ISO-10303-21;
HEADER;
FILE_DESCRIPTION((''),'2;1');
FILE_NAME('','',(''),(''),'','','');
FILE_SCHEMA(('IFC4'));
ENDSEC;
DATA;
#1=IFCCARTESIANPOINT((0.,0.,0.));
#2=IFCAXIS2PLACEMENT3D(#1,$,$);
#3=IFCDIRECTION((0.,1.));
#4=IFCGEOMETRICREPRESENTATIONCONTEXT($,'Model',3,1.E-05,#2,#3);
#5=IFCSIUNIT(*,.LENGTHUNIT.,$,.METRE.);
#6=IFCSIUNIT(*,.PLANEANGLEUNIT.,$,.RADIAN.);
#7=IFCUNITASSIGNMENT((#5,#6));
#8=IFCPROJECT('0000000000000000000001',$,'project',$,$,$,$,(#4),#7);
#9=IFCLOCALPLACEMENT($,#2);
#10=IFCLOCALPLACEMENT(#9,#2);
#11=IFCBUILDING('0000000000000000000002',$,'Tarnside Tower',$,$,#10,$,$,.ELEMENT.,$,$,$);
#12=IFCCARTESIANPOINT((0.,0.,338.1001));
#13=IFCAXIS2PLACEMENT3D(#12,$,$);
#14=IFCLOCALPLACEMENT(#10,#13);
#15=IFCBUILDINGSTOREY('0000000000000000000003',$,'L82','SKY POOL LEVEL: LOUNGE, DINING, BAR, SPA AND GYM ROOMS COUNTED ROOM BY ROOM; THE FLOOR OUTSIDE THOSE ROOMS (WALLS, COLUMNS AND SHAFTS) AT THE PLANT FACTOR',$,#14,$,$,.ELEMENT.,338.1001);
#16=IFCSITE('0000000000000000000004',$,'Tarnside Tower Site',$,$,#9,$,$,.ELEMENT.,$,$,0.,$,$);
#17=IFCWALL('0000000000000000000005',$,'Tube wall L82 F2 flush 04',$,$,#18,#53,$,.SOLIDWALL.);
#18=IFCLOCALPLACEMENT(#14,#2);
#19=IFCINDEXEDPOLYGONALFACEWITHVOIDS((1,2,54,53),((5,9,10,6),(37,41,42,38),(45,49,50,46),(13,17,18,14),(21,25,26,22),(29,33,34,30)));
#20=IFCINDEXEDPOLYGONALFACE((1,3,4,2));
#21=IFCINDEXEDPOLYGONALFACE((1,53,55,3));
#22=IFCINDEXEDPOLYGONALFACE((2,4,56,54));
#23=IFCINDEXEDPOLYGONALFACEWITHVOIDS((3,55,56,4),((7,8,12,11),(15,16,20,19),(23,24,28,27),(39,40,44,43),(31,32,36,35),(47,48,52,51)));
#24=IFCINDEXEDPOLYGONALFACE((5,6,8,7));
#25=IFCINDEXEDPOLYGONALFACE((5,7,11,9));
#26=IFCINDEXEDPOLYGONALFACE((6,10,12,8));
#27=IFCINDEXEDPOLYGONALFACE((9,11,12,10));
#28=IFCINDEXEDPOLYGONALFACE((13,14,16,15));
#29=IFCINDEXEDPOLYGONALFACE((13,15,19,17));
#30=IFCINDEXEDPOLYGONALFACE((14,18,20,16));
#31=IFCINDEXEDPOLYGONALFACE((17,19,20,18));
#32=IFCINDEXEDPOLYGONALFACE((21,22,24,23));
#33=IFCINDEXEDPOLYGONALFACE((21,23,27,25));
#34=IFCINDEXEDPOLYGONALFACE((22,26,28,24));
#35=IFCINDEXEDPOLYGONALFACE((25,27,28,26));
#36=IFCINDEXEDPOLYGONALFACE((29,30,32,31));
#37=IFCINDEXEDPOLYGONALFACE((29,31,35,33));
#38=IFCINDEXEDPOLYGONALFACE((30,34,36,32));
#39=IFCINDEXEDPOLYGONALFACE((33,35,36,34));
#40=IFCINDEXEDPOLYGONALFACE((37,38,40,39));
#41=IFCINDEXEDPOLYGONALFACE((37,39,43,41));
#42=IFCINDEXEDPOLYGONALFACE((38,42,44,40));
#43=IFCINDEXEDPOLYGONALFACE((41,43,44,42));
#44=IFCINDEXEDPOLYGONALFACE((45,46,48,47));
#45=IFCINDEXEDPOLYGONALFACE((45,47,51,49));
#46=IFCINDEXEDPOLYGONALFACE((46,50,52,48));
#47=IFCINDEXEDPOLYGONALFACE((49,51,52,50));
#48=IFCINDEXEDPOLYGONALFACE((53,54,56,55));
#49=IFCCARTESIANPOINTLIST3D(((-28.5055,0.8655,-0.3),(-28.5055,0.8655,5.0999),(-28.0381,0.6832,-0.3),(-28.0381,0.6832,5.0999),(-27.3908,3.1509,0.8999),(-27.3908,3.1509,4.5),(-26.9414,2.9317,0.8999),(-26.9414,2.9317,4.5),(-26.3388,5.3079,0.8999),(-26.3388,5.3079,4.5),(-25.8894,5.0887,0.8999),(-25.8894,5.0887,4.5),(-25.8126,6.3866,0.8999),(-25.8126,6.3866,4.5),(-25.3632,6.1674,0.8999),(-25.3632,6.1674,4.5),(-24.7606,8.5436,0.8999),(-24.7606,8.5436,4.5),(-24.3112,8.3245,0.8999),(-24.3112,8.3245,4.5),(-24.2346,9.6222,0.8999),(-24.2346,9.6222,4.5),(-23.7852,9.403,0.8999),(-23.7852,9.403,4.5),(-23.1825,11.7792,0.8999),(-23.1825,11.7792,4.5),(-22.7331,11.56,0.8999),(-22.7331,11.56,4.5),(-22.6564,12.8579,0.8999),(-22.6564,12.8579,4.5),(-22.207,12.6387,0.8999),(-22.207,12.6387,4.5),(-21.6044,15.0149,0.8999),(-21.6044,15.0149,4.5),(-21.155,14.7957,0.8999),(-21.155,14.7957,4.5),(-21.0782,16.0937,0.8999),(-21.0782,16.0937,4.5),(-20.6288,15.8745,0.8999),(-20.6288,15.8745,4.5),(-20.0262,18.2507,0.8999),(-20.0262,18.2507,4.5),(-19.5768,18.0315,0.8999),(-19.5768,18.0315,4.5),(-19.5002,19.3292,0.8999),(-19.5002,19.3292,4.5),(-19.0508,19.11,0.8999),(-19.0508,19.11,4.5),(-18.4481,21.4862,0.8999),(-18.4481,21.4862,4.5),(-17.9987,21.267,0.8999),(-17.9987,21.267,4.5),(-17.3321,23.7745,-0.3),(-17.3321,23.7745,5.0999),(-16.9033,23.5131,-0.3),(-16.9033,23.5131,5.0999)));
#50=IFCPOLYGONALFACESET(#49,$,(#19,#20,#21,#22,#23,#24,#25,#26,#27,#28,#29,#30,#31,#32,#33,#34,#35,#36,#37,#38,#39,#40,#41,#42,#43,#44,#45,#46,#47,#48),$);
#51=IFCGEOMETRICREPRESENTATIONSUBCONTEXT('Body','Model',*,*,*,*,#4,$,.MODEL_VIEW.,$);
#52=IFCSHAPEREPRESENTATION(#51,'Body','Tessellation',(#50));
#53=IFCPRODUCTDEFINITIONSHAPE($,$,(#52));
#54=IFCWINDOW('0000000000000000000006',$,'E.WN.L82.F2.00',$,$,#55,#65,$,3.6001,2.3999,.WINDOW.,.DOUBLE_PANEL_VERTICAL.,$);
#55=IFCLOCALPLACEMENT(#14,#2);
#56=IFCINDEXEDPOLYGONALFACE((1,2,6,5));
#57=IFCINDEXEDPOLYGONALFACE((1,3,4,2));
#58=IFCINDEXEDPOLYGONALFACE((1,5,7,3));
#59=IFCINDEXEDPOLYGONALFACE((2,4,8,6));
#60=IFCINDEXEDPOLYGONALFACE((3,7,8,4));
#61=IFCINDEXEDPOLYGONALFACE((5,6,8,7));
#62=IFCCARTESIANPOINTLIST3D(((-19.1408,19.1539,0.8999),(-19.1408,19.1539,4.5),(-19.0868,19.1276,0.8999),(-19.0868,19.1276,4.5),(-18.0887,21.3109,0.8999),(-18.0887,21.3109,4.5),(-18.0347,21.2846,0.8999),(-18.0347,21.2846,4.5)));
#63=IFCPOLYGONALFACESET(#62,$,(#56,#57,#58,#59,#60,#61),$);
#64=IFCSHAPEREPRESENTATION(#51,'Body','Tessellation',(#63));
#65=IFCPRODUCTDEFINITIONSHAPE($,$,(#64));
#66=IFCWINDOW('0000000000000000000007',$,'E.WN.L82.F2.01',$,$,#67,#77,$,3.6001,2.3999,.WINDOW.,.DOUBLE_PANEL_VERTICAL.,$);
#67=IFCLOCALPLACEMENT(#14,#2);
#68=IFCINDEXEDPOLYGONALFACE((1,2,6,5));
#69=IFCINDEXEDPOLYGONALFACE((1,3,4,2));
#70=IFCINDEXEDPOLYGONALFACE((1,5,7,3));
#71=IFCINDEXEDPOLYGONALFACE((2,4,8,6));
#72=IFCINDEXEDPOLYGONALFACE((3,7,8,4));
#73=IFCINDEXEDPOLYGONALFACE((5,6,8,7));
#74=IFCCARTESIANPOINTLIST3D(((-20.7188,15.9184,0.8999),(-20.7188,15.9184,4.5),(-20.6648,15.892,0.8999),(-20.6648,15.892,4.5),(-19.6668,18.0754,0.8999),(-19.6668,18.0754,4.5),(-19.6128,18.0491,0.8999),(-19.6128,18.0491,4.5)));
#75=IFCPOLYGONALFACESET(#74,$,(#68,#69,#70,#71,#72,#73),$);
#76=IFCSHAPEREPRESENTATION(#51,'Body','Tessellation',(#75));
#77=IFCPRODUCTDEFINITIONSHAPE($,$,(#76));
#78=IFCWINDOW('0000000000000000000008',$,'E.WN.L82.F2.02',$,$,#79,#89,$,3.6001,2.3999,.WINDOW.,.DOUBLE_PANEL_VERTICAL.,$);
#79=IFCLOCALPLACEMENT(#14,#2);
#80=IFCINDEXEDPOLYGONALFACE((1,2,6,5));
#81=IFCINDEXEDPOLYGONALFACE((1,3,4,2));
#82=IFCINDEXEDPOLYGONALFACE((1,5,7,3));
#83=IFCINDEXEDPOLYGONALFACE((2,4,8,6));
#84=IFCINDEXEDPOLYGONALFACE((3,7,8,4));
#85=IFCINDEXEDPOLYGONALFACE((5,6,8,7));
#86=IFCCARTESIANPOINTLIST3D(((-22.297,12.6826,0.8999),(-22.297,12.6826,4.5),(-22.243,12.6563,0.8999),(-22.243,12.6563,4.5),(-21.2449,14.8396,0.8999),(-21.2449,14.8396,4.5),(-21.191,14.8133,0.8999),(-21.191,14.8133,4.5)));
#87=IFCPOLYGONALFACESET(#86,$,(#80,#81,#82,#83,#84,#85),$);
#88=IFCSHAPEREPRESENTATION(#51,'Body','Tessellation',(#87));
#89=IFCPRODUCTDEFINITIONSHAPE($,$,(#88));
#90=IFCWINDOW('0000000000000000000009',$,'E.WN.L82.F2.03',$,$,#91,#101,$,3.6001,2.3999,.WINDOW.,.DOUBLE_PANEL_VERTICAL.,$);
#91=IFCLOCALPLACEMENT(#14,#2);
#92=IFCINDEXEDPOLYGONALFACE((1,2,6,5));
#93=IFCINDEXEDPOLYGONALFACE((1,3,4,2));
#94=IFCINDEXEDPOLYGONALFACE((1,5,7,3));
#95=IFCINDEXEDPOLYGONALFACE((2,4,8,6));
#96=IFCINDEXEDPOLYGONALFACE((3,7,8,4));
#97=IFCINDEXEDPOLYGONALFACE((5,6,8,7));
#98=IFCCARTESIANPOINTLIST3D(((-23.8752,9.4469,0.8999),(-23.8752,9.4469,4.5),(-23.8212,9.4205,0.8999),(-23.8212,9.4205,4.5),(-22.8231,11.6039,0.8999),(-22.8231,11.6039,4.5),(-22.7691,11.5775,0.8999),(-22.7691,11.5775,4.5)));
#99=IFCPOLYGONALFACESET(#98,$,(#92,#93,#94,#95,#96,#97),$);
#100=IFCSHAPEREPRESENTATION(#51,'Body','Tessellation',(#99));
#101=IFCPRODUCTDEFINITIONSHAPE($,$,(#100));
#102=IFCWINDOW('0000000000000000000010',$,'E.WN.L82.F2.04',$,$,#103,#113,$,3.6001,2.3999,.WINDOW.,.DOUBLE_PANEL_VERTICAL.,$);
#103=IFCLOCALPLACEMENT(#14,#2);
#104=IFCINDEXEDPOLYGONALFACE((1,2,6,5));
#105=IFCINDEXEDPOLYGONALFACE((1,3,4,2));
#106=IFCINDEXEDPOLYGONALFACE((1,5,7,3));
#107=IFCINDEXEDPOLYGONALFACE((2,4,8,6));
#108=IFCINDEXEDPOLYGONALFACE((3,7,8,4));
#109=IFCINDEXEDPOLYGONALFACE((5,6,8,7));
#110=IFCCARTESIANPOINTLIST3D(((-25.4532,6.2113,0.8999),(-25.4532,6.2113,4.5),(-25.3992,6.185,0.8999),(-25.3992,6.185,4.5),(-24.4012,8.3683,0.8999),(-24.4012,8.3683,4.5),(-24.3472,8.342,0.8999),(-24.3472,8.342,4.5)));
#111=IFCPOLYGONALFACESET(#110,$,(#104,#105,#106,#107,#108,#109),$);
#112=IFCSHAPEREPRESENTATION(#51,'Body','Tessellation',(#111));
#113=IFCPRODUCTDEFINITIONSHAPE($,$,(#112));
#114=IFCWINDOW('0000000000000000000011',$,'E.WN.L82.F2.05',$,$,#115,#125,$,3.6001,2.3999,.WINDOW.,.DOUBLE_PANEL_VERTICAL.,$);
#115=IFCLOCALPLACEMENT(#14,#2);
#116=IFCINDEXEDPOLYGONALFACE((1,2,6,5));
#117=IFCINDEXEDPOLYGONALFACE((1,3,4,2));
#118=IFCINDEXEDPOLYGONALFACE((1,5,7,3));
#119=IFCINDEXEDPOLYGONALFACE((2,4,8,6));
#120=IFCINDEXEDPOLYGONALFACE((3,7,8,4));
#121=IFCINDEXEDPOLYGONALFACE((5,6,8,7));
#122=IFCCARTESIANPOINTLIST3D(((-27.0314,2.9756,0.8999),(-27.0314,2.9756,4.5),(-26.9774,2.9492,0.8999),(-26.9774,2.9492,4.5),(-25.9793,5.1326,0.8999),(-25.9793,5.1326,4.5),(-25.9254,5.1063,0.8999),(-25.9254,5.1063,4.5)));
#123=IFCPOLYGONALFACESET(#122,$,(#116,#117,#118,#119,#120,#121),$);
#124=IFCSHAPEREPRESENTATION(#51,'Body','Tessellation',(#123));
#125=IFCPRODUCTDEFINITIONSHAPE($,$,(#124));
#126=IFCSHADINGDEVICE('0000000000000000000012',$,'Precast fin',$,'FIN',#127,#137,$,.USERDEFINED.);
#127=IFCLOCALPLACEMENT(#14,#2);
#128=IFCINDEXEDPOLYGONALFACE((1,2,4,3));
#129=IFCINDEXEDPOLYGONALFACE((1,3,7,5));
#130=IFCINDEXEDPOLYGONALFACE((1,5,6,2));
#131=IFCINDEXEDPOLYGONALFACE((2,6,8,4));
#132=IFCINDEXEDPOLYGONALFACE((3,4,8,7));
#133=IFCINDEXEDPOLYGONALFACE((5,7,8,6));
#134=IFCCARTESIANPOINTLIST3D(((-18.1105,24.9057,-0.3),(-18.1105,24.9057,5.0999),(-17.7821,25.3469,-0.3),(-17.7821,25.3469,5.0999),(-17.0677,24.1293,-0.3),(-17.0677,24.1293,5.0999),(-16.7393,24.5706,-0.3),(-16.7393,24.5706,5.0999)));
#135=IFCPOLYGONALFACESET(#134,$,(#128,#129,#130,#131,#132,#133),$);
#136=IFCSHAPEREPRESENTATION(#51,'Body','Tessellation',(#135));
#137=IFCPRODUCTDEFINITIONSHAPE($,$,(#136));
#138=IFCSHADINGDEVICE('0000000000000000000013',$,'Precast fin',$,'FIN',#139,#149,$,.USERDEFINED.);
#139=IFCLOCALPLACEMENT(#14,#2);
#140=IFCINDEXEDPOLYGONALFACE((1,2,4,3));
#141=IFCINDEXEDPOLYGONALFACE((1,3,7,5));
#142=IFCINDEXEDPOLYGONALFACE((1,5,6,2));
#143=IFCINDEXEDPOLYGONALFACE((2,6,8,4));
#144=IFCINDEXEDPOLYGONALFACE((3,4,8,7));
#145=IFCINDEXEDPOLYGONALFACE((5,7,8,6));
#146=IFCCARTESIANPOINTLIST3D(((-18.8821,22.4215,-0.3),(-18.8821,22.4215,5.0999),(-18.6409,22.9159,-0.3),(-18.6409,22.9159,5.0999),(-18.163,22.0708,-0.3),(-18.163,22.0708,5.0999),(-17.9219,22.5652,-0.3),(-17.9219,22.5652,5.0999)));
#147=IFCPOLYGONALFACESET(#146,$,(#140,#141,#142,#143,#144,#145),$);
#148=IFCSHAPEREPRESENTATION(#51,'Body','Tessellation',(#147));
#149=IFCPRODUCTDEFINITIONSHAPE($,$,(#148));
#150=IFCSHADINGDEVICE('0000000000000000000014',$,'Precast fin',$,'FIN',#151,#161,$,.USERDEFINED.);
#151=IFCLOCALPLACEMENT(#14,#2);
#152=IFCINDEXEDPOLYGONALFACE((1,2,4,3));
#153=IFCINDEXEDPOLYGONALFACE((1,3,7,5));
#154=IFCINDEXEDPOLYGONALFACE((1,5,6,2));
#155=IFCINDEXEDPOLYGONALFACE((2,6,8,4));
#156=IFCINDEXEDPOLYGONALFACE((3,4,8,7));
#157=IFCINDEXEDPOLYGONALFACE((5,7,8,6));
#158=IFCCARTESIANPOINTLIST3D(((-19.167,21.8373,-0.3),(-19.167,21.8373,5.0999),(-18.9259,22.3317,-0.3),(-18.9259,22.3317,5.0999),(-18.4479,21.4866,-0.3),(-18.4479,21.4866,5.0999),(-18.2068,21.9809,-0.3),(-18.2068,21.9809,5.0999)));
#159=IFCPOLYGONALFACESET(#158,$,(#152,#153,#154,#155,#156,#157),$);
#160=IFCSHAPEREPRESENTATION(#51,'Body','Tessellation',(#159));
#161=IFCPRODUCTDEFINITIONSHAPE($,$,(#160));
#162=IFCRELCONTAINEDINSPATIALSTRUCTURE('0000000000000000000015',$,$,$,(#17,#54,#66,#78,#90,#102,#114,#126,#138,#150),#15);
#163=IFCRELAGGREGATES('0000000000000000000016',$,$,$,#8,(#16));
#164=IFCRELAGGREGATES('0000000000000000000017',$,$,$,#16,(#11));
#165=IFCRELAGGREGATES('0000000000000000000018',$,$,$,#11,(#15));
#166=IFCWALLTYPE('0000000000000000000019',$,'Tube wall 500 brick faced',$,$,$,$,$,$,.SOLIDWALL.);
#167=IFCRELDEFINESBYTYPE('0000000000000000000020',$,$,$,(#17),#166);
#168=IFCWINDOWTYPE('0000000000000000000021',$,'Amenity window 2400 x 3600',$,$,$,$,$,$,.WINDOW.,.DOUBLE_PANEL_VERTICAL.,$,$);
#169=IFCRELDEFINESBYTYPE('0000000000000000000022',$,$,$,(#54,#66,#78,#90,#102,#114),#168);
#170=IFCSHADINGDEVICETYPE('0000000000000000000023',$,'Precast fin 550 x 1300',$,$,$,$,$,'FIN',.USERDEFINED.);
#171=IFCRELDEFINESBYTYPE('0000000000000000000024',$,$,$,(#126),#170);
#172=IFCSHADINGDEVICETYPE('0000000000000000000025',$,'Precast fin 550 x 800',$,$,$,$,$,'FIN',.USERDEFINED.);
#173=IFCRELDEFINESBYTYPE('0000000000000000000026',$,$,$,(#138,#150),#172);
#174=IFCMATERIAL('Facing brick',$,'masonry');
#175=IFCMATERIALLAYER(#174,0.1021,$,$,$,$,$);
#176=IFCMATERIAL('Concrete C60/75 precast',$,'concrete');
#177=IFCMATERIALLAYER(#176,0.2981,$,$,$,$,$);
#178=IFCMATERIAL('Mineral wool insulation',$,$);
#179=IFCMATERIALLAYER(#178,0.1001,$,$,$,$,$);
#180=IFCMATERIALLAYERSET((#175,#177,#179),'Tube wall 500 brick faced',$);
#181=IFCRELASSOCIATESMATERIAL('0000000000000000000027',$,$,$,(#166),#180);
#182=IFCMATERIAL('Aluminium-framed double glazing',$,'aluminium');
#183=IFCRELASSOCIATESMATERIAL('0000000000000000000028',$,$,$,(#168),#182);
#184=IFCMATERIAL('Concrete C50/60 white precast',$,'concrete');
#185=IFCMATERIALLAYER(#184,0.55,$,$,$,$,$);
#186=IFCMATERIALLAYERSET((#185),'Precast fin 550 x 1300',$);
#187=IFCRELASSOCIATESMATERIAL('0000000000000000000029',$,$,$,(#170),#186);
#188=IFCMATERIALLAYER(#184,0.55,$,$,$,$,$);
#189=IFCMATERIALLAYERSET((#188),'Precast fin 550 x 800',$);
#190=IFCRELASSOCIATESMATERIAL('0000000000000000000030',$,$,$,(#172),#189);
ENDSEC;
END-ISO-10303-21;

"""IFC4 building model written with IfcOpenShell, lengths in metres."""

from ifc_helpers import new_model, si_unit, direction, frame, frame_2d, origin, place, context, subcontext, project, spatial, polyline, rectangle, outline, extrude, material, layer, layer_set, type_object, element, fill, save


model = new_model("IFC4")

# Units and contexts
model_context = context("Model", 3, precision=1e-05, world=origin(), true_north=direction((0.0, 1.0)))
body_context = subcontext(model_context, "Body", "Model", "MODEL_VIEW")
ifc_project = project(units=[si_unit("LENGTHUNIT", "METRE"), si_unit("PLANEANGLEUNIT", "RADIAN")], contexts=[model_context])

# Site, building, storey
site_placement = place(None, origin())
site = spatial("IfcSite", under=ifc_project, at=site_placement, Name="Tarnside Tower Site", CompositionType="ELEMENT", RefElevation=0.0)
building_placement = place(site_placement, origin())
building = spatial("IfcBuilding", under=site, at=building_placement, Name="Tarnside Tower", CompositionType="ELEMENT")
storey_placement = place(building_placement, frame((0.0, 0.0, 338.1001)))
storey = spatial("IfcBuildingStorey", under=building, at=storey_placement, Name="L82", Description="SKY POOL LEVEL: LOUNGE, DINING, BAR, SPA AND GYM ROOMS COUNTED ROOM BY ROOM; THE FLOOR OUTSIDE THOSE ROOMS (WALLS, COLUMNS AND SHAFTS) AT THE PLANT FACTOR", CompositionType="ELEMENT", Elevation=338.1001)

# Shared definitions
ifc_material_1 = material(Name="Facing brick", Category="masonry")
ifc_layer_1 = layer(ifc_material_1, 0.1021)
ifc_material_2 = material(Name="Concrete C60/75 precast", Category="concrete")
ifc_layer_2 = layer(ifc_material_2, 0.2981)
ifc_material_3 = material(Name="Mineral wool insulation")
ifc_layer_3 = layer(ifc_material_3, 0.1001)
ifc_layer_set_1 = layer_set([ifc_layer_1, ifc_layer_2, ifc_layer_3], Name="Tube wall 500 brick faced")
wall_type_1 = type_object("IfcWallType", Name="Tube wall 500 brick faced", PredefinedType="SOLIDWALL", material=ifc_layer_set_1)

# Wall, openings, windows
wall_1_placement = place(storey_placement, frame((-17.1177, 23.6438, -0.3), z_axis=(0.0, 0.0, 1.0), x_axis=(-0.438368, -0.898795, 0.0)))
wall_1 = element("IfcWall", 1, at=wall_1_placement, inside=storey, type_object=wall_type_1, Name="Tube wall L82 F2 flush 04", PredefinedType="SOLIDWALL", context=body_context, shape_type="SweptSolid", body=[
    extrude(outline(polyline([(-0.0234, -0.25), (25.4651, -0.25), (25.4241, 0.25), (0.0234, 0.25), (-0.0234, -0.25)])), origin(), (0.0, 0.0, 1.0), 5.3999),
])
opening_1_placement = place(wall_1_placement, frame((2.5225, 0.0, 1.2)))
opening_1 = element("IfcOpeningElement", 2, at=opening_1_placement, cuts=wall_1, PredefinedType="OPENING", context=body_context, shape_type="SweptSolid", body=[
    extrude(rectangle(XDim=2.3999, YDim=3.6001, at=frame_2d((1.2, 1.8))), frame((0.0, 0.26, 0.0), z_axis=(0.0, -1.0, 0.0), x_axis=(1.0, 0.0, 0.0)), (0.0, 0.0, 1.0), 0.52),
])
opening_2_placement = place(wall_1_placement, frame((6.1223, 0.0, 1.2)))
opening_2 = element("IfcOpeningElement", 3, at=opening_2_placement, cuts=wall_1, PredefinedType="OPENING", context=body_context, shape_type="SweptSolid", body=[
    extrude(rectangle(XDim=2.3999, YDim=3.6001, at=frame_2d((1.2, 1.8))), frame((0.0, 0.26, 0.0), z_axis=(0.0, -1.0, 0.0), x_axis=(1.0, 0.0, 0.0)), (0.0, 0.0, 1.0), 0.52),
])
opening_3_placement = place(wall_1_placement, frame((9.7224, 0.0, 1.2)))
opening_3 = element("IfcOpeningElement", 4, at=opening_3_placement, cuts=wall_1, PredefinedType="OPENING", context=body_context, shape_type="SweptSolid", body=[
    extrude(rectangle(XDim=2.3999, YDim=3.6001, at=frame_2d((1.2, 1.8))), frame((0.0, 0.26, 0.0), z_axis=(0.0, -1.0, 0.0), x_axis=(1.0, 0.0, 0.0)), (0.0, 0.0, 1.0), 0.52),
])
opening_4_placement = place(wall_1_placement, frame((13.3225, 0.0, 1.2)))
opening_4 = element("IfcOpeningElement", 5, at=opening_4_placement, cuts=wall_1, PredefinedType="OPENING", context=body_context, shape_type="SweptSolid", body=[
    extrude(rectangle(XDim=2.3999, YDim=3.6001, at=frame_2d((1.2, 1.8))), frame((0.0, 0.26, 0.0), z_axis=(0.0, -1.0, 0.0), x_axis=(1.0, 0.0, 0.0)), (0.0, 0.0, 1.0), 0.52),
])
opening_5_placement = place(wall_1_placement, frame((16.9224, 0.0, 1.2)))
opening_5 = element("IfcOpeningElement", 6, at=opening_5_placement, cuts=wall_1, PredefinedType="OPENING", context=body_context, shape_type="SweptSolid", body=[
    extrude(rectangle(XDim=2.3999, YDim=3.6001, at=frame_2d((1.2, 1.8))), frame((0.0, 0.26, 0.0), z_axis=(0.0, -1.0, 0.0), x_axis=(1.0, 0.0, 0.0)), (0.0, 0.0, 1.0), 0.52),
])
opening_6_placement = place(wall_1_placement, frame((20.5225, 0.0, 1.2)))
opening_6 = element("IfcOpeningElement", 7, at=opening_6_placement, cuts=wall_1, PredefinedType="OPENING", context=body_context, shape_type="SweptSolid", body=[
    extrude(rectangle(XDim=2.3999, YDim=3.6001, at=frame_2d((1.2, 1.8))), frame((0.0, 0.26, 0.0), z_axis=(0.0, -1.0, 0.0), x_axis=(1.0, 0.0, 0.0)), (0.0, 0.0, 1.0), 0.52),
])
ifc_material_4 = material(Name="Aluminium-framed double glazing", Category="aluminium")
window_type = type_object("IfcWindowType", Name="Amenity window 2400 x 3600", PartitioningType="DOUBLE_PANEL_VERTICAL", PredefinedType="WINDOW", material=ifc_material_4)
window_1_placement = place(opening_1_placement, frame((0.0, 0.1799, 0.0)))
window_1 = element("IfcWindow", 8, at=window_1_placement, inside=storey, type_object=window_type, Name="E.WN.L82.F2.00", OverallHeight=3.6001, OverallWidth=2.3999, PartitioningType="DOUBLE_PANEL_VERTICAL", PredefinedType="WINDOW", context=body_context, shape_type="SweptSolid", body=[
    extrude(rectangle(XDim=2.3999, YDim=3.6001, at=frame_2d((1.2, 1.8))), frame((0.0, 0.03, 0.0), z_axis=(0.0, -1.0, 0.0), x_axis=(1.0, 0.0, 0.0)), (0.0, 0.0, 1.0), 0.0601),
])
fill(opening_1, window_1)
window_2_placement = place(opening_2_placement, frame((0.0, 0.1799, 0.0)))
window_2 = element("IfcWindow", 9, at=window_2_placement, inside=storey, type_object=window_type, Name="E.WN.L82.F2.01", OverallHeight=3.6001, OverallWidth=2.3999, PartitioningType="DOUBLE_PANEL_VERTICAL", PredefinedType="WINDOW", context=body_context, shape_type="SweptSolid", body=[
    extrude(rectangle(XDim=2.3999, YDim=3.6001, at=frame_2d((1.2, 1.8))), frame((0.0, 0.03, 0.0), z_axis=(0.0, -1.0, 0.0), x_axis=(1.0, 0.0, 0.0)), (0.0, 0.0, 1.0), 0.0601),
])
fill(opening_2, window_2)
window_3_placement = place(opening_3_placement, frame((0.0, 0.1799, 0.0)))
window_3 = element("IfcWindow", 10, at=window_3_placement, inside=storey, type_object=window_type, Name="E.WN.L82.F2.02", OverallHeight=3.6001, OverallWidth=2.3999, PartitioningType="DOUBLE_PANEL_VERTICAL", PredefinedType="WINDOW", context=body_context, shape_type="SweptSolid", body=[
    extrude(rectangle(XDim=2.3999, YDim=3.6001, at=frame_2d((1.2, 1.8))), frame((0.0, 0.03, 0.0), z_axis=(0.0, -1.0, 0.0), x_axis=(1.0, 0.0, 0.0)), (0.0, 0.0, 1.0), 0.0601),
])
fill(opening_3, window_3)
window_4_placement = place(opening_4_placement, frame((0.0, 0.1799, 0.0)))
window_4 = element("IfcWindow", 11, at=window_4_placement, inside=storey, type_object=window_type, Name="E.WN.L82.F2.03", OverallHeight=3.6001, OverallWidth=2.3999, PartitioningType="DOUBLE_PANEL_VERTICAL", PredefinedType="WINDOW", context=body_context, shape_type="SweptSolid", body=[
    extrude(rectangle(XDim=2.3999, YDim=3.6001, at=frame_2d((1.2, 1.8))), frame((0.0, 0.03, 0.0), z_axis=(0.0, -1.0, 0.0), x_axis=(1.0, 0.0, 0.0)), (0.0, 0.0, 1.0), 0.0601),
])
fill(opening_4, window_4)
window_5_placement = place(opening_5_placement, frame((0.0, 0.1799, 0.0)))
window_5 = element("IfcWindow", 12, at=window_5_placement, inside=storey, type_object=window_type, Name="E.WN.L82.F2.04", OverallHeight=3.6001, OverallWidth=2.3999, PartitioningType="DOUBLE_PANEL_VERTICAL", PredefinedType="WINDOW", context=body_context, shape_type="SweptSolid", body=[
    extrude(rectangle(XDim=2.3999, YDim=3.6001, at=frame_2d((1.2, 1.8))), frame((0.0, 0.03, 0.0), z_axis=(0.0, -1.0, 0.0), x_axis=(1.0, 0.0, 0.0)), (0.0, 0.0, 1.0), 0.0601),
])
fill(opening_5, window_5)
window_6_placement = place(opening_6_placement, frame((0.0, 0.1799, 0.0)))
window_6 = element("IfcWindow", 13, at=window_6_placement, inside=storey, type_object=window_type, Name="E.WN.L82.F2.05", OverallHeight=3.6001, OverallWidth=2.3999, PartitioningType="DOUBLE_PANEL_VERTICAL", PredefinedType="WINDOW", context=body_context, shape_type="SweptSolid", body=[
    extrude(rectangle(XDim=2.3999, YDim=3.6001, at=frame_2d((1.2, 1.8))), frame((0.0, 0.03, 0.0), z_axis=(0.0, -1.0, 0.0), x_axis=(1.0, 0.0, 0.0)), (0.0, 0.0, 1.0), 0.0601),
])
fill(opening_6, window_6)

# Shading devices
ifc_material_5 = material(Name="Concrete C50/60 white precast", Category="concrete")
ifc_layer_4 = layer(ifc_material_5, 0.55)
ifc_layer_set_2 = layer_set([ifc_layer_4], Name="Precast fin 550 x 1300")
shading_device_type_1 = type_object("IfcShadingDeviceType", Name="Precast fin 550 x 1300", ElementType="FIN", PredefinedType="USERDEFINED", material=ifc_layer_set_2)
shading_device_placement = place(storey_placement, frame((-16.9036, 24.3499, -0.3), z_axis=(0.597159, 0.802123, 0.0), x_axis=(-0.802123, 0.597159, 0.0)))
element("IfcShadingDevice", 14, at=shading_device_placement, inside=storey, type_object=shading_device_type_1, Name="Precast fin", ObjectType="FIN", PredefinedType="USERDEFINED", context=body_context, shape_type="SweptSolid", body=[
    extrude(outline(polyline([(0.0, 0.0), (1.3, 0.0), (1.3, 5.3999), (0.0, 5.3999), (0.0, 0.0)])), frame((0.0, 0.0, -0.2749)), (0.0, 0.0, 1.0), 0.55),
])
ifc_layer_5 = layer(ifc_material_5, 0.55)
ifc_layer_set_3 = layer_set([ifc_layer_5], Name="Precast fin 550 x 800")
shading_device_type_2 = type_object("IfcShadingDeviceType", Name="Precast fin 550 x 800", ElementType="FIN", PredefinedType="USERDEFINED", material=ifc_layer_set_3)
for number, where, z_axis, x_axis, name in (
    (15, (-18.0425, 22.3179, -0.3), (0.438371, 0.898794, 0.0), (-0.898794, 0.438371, 0.0), "Precast fin"),
    (16, (-18.3274, 21.7336, -0.3), (0.438371, 0.898794, 0.0), (-0.898794, 0.438371, 0.0), "Precast fin"),
):
    element("IfcShadingDevice", number, at=place(storey_placement, frame(where, z_axis=z_axis, x_axis=x_axis)), inside=storey, type_object=shading_device_type_2, Name=name, ObjectType="FIN", PredefinedType="USERDEFINED", context=body_context, shape_type="SweptSolid", body=[
        extrude(outline(polyline([(0.0, 0.0), (0.8, 0.0), (0.8, 5.3999), (0.0, 5.3999), (0.0, 0.0)])), frame((0.0, 0.0, -0.2749)), (0.0, 0.0, 1.0), 0.55),
    ])

save(model, "model.ifc")
